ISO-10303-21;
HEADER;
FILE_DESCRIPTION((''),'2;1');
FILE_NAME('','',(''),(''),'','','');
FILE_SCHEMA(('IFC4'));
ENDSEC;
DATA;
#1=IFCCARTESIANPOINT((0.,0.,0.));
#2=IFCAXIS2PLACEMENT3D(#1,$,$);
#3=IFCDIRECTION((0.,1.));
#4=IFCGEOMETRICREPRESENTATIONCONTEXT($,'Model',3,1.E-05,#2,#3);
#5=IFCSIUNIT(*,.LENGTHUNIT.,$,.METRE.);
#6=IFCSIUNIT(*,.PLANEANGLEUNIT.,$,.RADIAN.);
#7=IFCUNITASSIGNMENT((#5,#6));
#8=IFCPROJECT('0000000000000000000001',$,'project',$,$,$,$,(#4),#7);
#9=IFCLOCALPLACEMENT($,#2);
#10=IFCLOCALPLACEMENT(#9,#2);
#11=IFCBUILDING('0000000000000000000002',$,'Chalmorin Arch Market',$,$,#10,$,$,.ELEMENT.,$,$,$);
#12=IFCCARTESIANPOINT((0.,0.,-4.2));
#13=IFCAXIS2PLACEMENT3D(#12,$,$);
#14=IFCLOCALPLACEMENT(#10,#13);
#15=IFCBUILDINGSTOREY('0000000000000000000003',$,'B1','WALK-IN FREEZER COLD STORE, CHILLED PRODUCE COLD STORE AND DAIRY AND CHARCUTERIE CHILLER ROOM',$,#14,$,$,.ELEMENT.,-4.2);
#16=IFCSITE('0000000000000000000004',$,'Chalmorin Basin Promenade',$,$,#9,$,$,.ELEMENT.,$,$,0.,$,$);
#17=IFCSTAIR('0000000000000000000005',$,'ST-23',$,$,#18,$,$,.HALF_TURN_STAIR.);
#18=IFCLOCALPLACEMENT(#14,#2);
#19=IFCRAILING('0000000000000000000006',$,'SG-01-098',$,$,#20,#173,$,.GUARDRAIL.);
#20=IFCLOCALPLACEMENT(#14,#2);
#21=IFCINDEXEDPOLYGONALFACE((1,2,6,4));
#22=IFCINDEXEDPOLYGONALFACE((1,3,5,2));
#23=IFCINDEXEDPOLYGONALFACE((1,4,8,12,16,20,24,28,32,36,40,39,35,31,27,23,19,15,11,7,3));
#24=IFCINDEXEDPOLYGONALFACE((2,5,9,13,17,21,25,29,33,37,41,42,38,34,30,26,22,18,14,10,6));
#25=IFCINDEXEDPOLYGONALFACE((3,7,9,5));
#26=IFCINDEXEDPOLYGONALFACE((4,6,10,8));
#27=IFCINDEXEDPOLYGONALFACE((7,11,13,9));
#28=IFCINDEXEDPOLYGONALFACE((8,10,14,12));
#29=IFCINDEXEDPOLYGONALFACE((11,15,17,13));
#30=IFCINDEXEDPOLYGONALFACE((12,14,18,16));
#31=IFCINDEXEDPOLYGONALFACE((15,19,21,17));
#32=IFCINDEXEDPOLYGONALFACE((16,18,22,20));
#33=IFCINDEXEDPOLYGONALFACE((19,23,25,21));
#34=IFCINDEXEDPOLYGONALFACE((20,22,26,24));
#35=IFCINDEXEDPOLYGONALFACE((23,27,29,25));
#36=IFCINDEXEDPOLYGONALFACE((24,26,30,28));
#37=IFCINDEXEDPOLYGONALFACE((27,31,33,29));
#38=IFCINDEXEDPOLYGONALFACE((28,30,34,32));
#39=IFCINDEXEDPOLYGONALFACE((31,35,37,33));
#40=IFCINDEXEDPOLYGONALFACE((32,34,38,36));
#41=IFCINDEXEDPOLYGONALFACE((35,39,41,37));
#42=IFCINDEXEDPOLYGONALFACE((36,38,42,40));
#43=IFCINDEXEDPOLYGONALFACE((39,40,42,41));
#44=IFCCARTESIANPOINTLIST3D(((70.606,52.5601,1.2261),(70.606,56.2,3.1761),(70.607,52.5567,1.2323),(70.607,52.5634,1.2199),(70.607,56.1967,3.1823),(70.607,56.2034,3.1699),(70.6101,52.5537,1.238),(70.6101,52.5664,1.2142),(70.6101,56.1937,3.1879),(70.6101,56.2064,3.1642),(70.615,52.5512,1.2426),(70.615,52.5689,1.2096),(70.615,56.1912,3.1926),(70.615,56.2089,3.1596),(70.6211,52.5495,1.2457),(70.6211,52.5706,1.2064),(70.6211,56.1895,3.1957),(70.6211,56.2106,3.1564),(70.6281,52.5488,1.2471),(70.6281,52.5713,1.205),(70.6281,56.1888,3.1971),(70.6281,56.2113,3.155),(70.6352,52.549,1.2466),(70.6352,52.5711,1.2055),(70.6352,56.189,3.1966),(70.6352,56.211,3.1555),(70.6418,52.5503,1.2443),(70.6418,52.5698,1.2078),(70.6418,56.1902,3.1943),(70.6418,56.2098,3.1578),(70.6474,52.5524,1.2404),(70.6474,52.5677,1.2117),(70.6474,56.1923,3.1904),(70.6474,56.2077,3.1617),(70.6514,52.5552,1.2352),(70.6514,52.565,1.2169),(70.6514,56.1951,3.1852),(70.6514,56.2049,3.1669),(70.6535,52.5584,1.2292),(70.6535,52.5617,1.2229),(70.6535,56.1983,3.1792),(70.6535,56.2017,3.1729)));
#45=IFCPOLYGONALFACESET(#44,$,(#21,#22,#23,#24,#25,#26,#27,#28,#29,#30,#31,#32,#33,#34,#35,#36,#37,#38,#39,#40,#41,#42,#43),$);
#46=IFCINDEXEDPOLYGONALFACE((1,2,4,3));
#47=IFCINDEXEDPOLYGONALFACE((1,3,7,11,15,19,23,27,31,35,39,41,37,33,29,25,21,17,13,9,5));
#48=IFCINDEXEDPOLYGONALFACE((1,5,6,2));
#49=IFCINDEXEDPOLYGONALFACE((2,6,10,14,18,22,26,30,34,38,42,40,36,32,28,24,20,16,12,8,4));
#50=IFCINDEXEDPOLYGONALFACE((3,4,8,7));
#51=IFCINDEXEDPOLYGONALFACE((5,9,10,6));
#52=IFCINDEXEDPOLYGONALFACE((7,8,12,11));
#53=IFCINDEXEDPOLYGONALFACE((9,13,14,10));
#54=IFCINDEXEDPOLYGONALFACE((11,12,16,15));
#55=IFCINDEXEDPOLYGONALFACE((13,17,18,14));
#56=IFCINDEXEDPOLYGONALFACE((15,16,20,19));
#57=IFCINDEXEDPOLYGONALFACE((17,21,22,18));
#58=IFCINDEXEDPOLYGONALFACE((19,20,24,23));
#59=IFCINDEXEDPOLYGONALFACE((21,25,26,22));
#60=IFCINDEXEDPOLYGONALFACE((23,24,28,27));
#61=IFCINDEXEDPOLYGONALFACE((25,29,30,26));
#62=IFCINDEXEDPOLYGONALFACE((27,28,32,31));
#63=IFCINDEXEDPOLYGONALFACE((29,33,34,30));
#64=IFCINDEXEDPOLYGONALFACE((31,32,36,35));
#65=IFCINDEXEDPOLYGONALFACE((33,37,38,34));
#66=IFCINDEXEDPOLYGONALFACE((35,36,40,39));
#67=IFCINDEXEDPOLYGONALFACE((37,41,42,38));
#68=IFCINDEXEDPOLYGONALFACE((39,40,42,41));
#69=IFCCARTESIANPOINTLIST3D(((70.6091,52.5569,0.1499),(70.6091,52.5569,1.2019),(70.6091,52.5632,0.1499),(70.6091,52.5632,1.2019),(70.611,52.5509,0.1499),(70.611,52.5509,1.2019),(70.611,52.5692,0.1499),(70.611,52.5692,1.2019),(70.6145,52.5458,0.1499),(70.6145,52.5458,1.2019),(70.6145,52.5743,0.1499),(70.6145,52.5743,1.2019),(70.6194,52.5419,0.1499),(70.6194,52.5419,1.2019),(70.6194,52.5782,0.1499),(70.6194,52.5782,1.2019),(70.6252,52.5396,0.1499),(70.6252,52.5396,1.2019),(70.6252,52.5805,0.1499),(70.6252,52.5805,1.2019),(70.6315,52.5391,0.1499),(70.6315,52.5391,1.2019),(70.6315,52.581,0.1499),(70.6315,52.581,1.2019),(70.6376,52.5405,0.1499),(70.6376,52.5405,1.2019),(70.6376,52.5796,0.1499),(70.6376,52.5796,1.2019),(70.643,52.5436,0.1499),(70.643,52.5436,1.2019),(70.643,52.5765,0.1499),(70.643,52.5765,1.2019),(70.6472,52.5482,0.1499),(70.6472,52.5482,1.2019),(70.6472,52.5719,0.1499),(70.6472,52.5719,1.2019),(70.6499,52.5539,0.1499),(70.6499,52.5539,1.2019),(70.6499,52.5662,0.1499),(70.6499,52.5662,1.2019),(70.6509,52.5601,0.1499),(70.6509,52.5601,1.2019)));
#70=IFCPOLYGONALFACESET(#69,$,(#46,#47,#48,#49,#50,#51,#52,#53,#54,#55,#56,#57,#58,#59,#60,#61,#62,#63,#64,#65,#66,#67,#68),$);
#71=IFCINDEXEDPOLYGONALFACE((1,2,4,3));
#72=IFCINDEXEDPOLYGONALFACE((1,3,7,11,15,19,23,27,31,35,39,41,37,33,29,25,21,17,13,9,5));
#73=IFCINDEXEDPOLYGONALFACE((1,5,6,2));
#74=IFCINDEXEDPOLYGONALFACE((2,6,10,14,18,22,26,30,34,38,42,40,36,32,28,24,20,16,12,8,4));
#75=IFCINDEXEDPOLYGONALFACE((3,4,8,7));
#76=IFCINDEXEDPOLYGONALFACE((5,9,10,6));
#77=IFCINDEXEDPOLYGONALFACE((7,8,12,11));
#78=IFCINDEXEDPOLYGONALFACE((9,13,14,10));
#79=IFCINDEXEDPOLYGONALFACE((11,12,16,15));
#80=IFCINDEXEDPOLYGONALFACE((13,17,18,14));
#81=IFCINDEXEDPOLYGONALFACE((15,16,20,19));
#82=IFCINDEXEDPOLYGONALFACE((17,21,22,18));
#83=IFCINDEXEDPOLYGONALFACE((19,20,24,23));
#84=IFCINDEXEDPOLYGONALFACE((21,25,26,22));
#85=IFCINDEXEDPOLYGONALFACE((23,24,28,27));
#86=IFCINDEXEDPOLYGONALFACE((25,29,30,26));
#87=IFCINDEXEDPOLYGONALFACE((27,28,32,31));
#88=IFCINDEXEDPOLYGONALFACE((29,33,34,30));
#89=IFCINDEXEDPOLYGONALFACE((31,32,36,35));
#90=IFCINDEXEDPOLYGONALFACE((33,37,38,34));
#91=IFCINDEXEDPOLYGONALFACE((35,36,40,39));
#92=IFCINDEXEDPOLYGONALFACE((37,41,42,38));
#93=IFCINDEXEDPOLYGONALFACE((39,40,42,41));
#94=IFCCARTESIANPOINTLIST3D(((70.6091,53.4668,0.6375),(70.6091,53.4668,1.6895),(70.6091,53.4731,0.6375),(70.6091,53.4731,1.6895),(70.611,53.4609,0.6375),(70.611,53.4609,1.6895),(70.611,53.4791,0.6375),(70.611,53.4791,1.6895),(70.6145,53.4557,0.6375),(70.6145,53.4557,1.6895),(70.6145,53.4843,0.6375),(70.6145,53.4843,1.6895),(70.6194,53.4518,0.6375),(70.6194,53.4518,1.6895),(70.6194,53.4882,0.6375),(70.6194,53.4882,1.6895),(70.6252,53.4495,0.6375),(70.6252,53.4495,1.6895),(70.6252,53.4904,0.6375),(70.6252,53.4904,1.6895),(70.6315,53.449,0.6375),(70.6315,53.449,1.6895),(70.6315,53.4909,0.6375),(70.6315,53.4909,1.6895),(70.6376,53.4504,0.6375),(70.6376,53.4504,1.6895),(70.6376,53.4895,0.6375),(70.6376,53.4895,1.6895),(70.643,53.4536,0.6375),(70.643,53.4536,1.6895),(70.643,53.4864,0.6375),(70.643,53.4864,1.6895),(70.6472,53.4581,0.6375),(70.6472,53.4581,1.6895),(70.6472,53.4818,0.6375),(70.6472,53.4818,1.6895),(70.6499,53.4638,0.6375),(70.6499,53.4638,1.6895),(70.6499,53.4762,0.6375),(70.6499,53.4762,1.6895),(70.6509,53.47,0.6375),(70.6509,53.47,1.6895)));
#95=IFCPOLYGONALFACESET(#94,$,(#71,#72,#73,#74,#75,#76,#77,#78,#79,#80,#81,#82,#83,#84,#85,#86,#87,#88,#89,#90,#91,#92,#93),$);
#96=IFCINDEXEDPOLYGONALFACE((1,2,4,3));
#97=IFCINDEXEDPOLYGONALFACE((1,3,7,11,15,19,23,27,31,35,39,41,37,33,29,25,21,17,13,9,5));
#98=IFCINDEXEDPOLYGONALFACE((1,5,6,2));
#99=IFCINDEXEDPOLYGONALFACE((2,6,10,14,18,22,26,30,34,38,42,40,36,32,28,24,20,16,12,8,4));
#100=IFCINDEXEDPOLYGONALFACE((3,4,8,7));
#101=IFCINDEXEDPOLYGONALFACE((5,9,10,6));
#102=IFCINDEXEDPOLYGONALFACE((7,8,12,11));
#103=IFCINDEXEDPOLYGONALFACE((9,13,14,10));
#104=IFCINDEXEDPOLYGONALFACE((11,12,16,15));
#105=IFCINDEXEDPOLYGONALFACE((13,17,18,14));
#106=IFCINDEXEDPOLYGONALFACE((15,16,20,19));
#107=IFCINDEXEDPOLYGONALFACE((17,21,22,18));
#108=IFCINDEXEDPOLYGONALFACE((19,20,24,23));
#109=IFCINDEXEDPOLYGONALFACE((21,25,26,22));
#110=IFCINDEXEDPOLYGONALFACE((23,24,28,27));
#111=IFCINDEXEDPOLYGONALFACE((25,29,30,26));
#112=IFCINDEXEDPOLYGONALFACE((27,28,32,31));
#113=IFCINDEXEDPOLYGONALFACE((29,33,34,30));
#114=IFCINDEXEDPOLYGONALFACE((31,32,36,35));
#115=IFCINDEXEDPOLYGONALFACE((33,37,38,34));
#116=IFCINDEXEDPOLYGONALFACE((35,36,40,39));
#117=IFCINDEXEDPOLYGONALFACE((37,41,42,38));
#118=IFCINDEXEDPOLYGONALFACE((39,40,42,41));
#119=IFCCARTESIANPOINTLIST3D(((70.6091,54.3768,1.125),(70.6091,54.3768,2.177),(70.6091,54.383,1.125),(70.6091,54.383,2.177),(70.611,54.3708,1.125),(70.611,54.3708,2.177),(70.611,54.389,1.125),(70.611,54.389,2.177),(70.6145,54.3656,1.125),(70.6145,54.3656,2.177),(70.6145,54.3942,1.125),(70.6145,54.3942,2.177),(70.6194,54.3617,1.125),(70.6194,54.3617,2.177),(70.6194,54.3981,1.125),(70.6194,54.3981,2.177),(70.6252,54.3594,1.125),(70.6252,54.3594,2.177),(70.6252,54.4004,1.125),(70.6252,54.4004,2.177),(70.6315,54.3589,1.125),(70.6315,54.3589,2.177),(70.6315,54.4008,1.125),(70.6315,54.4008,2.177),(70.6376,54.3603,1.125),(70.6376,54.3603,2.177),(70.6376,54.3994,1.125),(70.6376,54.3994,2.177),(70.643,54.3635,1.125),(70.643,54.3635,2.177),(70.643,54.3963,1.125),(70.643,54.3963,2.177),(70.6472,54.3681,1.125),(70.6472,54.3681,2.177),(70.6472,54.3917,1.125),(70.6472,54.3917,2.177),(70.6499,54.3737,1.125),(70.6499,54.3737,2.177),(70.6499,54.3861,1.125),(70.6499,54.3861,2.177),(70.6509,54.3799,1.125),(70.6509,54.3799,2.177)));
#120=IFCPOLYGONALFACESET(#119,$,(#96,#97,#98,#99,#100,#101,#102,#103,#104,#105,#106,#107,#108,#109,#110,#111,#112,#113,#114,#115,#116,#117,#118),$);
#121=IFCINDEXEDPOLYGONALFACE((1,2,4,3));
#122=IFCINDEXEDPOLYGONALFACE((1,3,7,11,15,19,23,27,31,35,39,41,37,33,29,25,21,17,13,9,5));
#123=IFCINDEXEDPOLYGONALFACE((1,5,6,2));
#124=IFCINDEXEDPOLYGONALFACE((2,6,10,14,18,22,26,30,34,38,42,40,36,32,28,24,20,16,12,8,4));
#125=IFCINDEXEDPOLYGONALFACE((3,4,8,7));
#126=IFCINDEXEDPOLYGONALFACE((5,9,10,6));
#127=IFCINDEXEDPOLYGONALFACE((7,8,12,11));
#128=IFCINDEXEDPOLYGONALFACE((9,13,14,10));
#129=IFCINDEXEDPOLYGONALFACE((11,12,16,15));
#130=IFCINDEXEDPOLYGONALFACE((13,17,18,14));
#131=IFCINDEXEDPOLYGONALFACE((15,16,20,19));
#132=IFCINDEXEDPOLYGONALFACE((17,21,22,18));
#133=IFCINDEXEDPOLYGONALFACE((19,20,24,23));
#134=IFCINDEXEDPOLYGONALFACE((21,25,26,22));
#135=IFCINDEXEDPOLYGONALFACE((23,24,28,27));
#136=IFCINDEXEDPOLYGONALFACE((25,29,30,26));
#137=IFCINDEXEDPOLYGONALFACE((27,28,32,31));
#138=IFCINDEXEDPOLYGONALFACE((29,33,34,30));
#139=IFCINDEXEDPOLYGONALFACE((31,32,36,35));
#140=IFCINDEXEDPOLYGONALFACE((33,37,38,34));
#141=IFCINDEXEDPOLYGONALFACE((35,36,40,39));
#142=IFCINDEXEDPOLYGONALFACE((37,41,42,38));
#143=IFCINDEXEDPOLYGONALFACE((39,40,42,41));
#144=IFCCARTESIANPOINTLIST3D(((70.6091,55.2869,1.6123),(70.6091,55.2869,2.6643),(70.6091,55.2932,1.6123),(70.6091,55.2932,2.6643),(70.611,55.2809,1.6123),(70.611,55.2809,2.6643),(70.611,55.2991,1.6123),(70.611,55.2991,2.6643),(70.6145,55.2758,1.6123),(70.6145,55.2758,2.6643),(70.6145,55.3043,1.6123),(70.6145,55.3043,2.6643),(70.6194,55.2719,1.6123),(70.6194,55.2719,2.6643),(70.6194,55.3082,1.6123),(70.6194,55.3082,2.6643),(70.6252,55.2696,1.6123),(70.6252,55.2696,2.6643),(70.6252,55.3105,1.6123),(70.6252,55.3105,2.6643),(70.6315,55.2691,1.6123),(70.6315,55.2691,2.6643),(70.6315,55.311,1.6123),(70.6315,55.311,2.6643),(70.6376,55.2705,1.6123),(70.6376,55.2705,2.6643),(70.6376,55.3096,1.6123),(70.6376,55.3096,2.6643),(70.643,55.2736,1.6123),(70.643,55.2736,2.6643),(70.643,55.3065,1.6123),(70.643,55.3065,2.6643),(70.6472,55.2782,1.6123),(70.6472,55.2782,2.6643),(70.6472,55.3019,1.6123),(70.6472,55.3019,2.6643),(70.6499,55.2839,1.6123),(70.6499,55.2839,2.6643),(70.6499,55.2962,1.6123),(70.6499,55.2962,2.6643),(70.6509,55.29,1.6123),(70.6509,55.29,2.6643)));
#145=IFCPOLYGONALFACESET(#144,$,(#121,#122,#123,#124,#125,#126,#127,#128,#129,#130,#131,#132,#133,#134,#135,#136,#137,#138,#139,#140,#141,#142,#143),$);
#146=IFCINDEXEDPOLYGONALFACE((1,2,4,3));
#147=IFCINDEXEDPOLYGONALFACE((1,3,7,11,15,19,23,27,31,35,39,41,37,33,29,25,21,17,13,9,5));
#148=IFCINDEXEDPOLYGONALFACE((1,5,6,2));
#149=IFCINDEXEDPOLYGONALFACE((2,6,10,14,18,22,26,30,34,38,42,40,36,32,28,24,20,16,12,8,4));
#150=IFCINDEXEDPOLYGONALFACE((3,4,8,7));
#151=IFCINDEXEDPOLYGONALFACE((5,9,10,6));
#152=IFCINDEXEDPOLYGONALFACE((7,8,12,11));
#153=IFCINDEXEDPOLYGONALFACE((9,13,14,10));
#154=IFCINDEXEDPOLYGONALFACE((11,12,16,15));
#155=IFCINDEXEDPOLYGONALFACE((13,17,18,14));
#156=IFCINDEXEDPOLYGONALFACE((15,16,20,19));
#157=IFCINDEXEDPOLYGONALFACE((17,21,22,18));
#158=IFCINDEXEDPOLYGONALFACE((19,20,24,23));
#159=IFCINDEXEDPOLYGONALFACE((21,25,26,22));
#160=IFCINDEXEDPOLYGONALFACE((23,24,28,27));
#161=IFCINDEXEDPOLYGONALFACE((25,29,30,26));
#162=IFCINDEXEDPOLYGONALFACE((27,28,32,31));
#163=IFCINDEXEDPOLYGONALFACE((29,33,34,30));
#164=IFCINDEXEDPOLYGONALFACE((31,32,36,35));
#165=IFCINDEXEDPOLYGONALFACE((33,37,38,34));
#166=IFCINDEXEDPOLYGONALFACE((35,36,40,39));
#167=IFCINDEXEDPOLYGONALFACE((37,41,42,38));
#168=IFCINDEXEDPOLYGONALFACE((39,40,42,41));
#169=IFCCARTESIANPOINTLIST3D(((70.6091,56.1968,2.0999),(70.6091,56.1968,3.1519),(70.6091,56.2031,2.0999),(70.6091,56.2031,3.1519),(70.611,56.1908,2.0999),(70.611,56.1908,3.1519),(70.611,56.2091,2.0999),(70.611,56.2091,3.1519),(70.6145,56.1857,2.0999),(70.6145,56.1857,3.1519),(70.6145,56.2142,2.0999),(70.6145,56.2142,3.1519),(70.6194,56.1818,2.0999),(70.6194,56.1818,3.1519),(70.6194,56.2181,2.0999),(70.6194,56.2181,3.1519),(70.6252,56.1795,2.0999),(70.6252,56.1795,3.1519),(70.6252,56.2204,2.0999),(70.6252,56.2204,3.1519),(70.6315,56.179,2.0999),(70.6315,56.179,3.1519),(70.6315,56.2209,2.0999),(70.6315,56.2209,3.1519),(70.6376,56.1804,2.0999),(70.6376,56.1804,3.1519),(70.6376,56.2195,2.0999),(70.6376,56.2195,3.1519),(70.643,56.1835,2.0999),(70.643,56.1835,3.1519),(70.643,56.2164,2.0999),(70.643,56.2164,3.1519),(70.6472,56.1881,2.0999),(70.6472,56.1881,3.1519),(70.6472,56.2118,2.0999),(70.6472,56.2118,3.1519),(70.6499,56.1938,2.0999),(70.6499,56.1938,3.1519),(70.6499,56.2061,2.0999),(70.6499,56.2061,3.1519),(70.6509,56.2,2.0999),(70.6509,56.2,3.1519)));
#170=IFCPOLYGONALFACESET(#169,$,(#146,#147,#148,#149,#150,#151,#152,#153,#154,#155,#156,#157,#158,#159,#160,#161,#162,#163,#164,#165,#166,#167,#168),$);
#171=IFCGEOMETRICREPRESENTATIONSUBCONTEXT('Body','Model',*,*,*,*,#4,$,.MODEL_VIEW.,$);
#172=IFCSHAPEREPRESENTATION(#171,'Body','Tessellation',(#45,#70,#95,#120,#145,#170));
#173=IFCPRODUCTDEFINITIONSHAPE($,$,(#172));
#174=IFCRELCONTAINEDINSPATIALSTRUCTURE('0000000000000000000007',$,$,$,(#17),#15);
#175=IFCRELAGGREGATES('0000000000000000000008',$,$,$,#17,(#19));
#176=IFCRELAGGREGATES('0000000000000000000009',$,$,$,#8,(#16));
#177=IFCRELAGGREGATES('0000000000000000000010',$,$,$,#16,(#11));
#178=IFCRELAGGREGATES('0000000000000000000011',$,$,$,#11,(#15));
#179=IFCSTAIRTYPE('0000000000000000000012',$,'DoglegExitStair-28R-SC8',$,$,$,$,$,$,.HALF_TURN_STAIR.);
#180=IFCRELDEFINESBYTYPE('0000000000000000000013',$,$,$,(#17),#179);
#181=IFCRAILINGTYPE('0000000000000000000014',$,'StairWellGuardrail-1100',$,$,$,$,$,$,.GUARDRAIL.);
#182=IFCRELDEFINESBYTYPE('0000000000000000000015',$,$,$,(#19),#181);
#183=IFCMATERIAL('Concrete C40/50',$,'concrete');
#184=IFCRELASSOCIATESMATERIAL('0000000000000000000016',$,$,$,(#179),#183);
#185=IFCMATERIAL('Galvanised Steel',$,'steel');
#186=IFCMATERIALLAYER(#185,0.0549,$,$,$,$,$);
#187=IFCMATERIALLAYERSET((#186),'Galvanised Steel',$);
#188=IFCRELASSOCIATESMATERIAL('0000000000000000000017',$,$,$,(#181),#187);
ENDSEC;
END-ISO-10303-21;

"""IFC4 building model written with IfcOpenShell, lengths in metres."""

from ifc_helpers import new_model, si_unit, direction, frame, origin, origin_2d, place, context, subcontext, project, spatial, circle, extrude, material, layer, layer_set, type_object, element, aggregate, save


model = new_model("IFC4")

# Units and contexts
model_context = context("Model", 3, precision=1e-05, world=origin(), true_north=direction((0.0, 1.0)))
body_context = subcontext(model_context, "Body", "Model", "MODEL_VIEW")
ifc_project = project(units=[si_unit("LENGTHUNIT", "METRE"), si_unit("PLANEANGLEUNIT", "RADIAN")], contexts=[model_context])

# Site, building, storey
site_placement = place(None, origin())
site = spatial("IfcSite", under=ifc_project, at=site_placement, Name="Chalmorin Basin Promenade", CompositionType="ELEMENT", RefElevation=0.0)
building_placement = place(site_placement, origin())
building = spatial("IfcBuilding", under=site, at=building_placement, Name="Chalmorin Arch Market", CompositionType="ELEMENT")
storey_placement = place(building_placement, frame((0.0, 0.0, -4.2)))
storey = spatial("IfcBuildingStorey", under=building, at=storey_placement, Name="B1", Description="WALK-IN FREEZER COLD STORE, CHILLED PRODUCE COLD STORE AND DAIRY AND CHARCUTERIE CHILLER ROOM", CompositionType="ELEMENT", Elevation=-4.2)

# Shared definitions
ifc_material_1 = material(Name="Concrete C40/50", Category="concrete")

# Stair, railing
stair_type = type_object("IfcStairType", Name="DoglegExitStair-28R-SC8", PredefinedType="HALF_TURN_STAIR", material=ifc_material_1)
stair_placement = place(storey_placement, origin())
stair = element("IfcStair", 1, at=stair_placement, inside=storey, type_object=stair_type, Name="ST-23", PredefinedType="HALF_TURN_STAIR")
ifc_material_2 = material(Name="Galvanised Steel", Category="steel")
ifc_layer_1 = layer(ifc_material_2, 0.0549)
ifc_layer_set_1 = layer_set([ifc_layer_1], Name="Galvanised Steel")
railing_type_1 = type_object("IfcRailingType", Name="StairWellGuardrail-1100", PredefinedType="GUARDRAIL", material=ifc_layer_set_1)
railing_1_placement = place(storey_placement, frame((70.6299, 52.5601, 0.1499)))
railing_1 = element("IfcRailing", 2, at=railing_1_placement, type_object=railing_type_1, Name="SG-01-098", PredefinedType="GUARDRAIL", context=body_context, shape_type="SweptSolid", body=[
    extrude(circle(Radius=0.0239, at=origin_2d()), frame((0.0, 0.0, 1.0762), z_axis=(0.0, 0.881479, 0.472223), x_axis=(-1.0, 0.0, 0.0)), (0.0, 0.0, 1.0), 4.1294),
    extrude(circle(Radius=0.021, at=origin_2d()), origin(), (0.0, 0.0, 1.0), 1.052),
    extrude(circle(Radius=0.021, at=origin_2d()), frame((0.0, 0.9099, 0.4875)), (0.0, 0.0, 1.0), 1.052),
    extrude(circle(Radius=0.021, at=origin_2d()), frame((0.0, 1.8198, 0.9751)), (0.0, 0.0, 1.0), 1.052),
    extrude(circle(Radius=0.021, at=origin_2d()), frame((0.0, 2.73, 1.4624)), (0.0, 0.0, 1.0), 1.052),
    extrude(circle(Radius=0.021, at=origin_2d()), frame((0.0, 3.6399, 1.95)), (0.0, 0.0, 1.0), 1.052),
])
aggregate(stair, [railing_1])

save(model, "model.ifc")
